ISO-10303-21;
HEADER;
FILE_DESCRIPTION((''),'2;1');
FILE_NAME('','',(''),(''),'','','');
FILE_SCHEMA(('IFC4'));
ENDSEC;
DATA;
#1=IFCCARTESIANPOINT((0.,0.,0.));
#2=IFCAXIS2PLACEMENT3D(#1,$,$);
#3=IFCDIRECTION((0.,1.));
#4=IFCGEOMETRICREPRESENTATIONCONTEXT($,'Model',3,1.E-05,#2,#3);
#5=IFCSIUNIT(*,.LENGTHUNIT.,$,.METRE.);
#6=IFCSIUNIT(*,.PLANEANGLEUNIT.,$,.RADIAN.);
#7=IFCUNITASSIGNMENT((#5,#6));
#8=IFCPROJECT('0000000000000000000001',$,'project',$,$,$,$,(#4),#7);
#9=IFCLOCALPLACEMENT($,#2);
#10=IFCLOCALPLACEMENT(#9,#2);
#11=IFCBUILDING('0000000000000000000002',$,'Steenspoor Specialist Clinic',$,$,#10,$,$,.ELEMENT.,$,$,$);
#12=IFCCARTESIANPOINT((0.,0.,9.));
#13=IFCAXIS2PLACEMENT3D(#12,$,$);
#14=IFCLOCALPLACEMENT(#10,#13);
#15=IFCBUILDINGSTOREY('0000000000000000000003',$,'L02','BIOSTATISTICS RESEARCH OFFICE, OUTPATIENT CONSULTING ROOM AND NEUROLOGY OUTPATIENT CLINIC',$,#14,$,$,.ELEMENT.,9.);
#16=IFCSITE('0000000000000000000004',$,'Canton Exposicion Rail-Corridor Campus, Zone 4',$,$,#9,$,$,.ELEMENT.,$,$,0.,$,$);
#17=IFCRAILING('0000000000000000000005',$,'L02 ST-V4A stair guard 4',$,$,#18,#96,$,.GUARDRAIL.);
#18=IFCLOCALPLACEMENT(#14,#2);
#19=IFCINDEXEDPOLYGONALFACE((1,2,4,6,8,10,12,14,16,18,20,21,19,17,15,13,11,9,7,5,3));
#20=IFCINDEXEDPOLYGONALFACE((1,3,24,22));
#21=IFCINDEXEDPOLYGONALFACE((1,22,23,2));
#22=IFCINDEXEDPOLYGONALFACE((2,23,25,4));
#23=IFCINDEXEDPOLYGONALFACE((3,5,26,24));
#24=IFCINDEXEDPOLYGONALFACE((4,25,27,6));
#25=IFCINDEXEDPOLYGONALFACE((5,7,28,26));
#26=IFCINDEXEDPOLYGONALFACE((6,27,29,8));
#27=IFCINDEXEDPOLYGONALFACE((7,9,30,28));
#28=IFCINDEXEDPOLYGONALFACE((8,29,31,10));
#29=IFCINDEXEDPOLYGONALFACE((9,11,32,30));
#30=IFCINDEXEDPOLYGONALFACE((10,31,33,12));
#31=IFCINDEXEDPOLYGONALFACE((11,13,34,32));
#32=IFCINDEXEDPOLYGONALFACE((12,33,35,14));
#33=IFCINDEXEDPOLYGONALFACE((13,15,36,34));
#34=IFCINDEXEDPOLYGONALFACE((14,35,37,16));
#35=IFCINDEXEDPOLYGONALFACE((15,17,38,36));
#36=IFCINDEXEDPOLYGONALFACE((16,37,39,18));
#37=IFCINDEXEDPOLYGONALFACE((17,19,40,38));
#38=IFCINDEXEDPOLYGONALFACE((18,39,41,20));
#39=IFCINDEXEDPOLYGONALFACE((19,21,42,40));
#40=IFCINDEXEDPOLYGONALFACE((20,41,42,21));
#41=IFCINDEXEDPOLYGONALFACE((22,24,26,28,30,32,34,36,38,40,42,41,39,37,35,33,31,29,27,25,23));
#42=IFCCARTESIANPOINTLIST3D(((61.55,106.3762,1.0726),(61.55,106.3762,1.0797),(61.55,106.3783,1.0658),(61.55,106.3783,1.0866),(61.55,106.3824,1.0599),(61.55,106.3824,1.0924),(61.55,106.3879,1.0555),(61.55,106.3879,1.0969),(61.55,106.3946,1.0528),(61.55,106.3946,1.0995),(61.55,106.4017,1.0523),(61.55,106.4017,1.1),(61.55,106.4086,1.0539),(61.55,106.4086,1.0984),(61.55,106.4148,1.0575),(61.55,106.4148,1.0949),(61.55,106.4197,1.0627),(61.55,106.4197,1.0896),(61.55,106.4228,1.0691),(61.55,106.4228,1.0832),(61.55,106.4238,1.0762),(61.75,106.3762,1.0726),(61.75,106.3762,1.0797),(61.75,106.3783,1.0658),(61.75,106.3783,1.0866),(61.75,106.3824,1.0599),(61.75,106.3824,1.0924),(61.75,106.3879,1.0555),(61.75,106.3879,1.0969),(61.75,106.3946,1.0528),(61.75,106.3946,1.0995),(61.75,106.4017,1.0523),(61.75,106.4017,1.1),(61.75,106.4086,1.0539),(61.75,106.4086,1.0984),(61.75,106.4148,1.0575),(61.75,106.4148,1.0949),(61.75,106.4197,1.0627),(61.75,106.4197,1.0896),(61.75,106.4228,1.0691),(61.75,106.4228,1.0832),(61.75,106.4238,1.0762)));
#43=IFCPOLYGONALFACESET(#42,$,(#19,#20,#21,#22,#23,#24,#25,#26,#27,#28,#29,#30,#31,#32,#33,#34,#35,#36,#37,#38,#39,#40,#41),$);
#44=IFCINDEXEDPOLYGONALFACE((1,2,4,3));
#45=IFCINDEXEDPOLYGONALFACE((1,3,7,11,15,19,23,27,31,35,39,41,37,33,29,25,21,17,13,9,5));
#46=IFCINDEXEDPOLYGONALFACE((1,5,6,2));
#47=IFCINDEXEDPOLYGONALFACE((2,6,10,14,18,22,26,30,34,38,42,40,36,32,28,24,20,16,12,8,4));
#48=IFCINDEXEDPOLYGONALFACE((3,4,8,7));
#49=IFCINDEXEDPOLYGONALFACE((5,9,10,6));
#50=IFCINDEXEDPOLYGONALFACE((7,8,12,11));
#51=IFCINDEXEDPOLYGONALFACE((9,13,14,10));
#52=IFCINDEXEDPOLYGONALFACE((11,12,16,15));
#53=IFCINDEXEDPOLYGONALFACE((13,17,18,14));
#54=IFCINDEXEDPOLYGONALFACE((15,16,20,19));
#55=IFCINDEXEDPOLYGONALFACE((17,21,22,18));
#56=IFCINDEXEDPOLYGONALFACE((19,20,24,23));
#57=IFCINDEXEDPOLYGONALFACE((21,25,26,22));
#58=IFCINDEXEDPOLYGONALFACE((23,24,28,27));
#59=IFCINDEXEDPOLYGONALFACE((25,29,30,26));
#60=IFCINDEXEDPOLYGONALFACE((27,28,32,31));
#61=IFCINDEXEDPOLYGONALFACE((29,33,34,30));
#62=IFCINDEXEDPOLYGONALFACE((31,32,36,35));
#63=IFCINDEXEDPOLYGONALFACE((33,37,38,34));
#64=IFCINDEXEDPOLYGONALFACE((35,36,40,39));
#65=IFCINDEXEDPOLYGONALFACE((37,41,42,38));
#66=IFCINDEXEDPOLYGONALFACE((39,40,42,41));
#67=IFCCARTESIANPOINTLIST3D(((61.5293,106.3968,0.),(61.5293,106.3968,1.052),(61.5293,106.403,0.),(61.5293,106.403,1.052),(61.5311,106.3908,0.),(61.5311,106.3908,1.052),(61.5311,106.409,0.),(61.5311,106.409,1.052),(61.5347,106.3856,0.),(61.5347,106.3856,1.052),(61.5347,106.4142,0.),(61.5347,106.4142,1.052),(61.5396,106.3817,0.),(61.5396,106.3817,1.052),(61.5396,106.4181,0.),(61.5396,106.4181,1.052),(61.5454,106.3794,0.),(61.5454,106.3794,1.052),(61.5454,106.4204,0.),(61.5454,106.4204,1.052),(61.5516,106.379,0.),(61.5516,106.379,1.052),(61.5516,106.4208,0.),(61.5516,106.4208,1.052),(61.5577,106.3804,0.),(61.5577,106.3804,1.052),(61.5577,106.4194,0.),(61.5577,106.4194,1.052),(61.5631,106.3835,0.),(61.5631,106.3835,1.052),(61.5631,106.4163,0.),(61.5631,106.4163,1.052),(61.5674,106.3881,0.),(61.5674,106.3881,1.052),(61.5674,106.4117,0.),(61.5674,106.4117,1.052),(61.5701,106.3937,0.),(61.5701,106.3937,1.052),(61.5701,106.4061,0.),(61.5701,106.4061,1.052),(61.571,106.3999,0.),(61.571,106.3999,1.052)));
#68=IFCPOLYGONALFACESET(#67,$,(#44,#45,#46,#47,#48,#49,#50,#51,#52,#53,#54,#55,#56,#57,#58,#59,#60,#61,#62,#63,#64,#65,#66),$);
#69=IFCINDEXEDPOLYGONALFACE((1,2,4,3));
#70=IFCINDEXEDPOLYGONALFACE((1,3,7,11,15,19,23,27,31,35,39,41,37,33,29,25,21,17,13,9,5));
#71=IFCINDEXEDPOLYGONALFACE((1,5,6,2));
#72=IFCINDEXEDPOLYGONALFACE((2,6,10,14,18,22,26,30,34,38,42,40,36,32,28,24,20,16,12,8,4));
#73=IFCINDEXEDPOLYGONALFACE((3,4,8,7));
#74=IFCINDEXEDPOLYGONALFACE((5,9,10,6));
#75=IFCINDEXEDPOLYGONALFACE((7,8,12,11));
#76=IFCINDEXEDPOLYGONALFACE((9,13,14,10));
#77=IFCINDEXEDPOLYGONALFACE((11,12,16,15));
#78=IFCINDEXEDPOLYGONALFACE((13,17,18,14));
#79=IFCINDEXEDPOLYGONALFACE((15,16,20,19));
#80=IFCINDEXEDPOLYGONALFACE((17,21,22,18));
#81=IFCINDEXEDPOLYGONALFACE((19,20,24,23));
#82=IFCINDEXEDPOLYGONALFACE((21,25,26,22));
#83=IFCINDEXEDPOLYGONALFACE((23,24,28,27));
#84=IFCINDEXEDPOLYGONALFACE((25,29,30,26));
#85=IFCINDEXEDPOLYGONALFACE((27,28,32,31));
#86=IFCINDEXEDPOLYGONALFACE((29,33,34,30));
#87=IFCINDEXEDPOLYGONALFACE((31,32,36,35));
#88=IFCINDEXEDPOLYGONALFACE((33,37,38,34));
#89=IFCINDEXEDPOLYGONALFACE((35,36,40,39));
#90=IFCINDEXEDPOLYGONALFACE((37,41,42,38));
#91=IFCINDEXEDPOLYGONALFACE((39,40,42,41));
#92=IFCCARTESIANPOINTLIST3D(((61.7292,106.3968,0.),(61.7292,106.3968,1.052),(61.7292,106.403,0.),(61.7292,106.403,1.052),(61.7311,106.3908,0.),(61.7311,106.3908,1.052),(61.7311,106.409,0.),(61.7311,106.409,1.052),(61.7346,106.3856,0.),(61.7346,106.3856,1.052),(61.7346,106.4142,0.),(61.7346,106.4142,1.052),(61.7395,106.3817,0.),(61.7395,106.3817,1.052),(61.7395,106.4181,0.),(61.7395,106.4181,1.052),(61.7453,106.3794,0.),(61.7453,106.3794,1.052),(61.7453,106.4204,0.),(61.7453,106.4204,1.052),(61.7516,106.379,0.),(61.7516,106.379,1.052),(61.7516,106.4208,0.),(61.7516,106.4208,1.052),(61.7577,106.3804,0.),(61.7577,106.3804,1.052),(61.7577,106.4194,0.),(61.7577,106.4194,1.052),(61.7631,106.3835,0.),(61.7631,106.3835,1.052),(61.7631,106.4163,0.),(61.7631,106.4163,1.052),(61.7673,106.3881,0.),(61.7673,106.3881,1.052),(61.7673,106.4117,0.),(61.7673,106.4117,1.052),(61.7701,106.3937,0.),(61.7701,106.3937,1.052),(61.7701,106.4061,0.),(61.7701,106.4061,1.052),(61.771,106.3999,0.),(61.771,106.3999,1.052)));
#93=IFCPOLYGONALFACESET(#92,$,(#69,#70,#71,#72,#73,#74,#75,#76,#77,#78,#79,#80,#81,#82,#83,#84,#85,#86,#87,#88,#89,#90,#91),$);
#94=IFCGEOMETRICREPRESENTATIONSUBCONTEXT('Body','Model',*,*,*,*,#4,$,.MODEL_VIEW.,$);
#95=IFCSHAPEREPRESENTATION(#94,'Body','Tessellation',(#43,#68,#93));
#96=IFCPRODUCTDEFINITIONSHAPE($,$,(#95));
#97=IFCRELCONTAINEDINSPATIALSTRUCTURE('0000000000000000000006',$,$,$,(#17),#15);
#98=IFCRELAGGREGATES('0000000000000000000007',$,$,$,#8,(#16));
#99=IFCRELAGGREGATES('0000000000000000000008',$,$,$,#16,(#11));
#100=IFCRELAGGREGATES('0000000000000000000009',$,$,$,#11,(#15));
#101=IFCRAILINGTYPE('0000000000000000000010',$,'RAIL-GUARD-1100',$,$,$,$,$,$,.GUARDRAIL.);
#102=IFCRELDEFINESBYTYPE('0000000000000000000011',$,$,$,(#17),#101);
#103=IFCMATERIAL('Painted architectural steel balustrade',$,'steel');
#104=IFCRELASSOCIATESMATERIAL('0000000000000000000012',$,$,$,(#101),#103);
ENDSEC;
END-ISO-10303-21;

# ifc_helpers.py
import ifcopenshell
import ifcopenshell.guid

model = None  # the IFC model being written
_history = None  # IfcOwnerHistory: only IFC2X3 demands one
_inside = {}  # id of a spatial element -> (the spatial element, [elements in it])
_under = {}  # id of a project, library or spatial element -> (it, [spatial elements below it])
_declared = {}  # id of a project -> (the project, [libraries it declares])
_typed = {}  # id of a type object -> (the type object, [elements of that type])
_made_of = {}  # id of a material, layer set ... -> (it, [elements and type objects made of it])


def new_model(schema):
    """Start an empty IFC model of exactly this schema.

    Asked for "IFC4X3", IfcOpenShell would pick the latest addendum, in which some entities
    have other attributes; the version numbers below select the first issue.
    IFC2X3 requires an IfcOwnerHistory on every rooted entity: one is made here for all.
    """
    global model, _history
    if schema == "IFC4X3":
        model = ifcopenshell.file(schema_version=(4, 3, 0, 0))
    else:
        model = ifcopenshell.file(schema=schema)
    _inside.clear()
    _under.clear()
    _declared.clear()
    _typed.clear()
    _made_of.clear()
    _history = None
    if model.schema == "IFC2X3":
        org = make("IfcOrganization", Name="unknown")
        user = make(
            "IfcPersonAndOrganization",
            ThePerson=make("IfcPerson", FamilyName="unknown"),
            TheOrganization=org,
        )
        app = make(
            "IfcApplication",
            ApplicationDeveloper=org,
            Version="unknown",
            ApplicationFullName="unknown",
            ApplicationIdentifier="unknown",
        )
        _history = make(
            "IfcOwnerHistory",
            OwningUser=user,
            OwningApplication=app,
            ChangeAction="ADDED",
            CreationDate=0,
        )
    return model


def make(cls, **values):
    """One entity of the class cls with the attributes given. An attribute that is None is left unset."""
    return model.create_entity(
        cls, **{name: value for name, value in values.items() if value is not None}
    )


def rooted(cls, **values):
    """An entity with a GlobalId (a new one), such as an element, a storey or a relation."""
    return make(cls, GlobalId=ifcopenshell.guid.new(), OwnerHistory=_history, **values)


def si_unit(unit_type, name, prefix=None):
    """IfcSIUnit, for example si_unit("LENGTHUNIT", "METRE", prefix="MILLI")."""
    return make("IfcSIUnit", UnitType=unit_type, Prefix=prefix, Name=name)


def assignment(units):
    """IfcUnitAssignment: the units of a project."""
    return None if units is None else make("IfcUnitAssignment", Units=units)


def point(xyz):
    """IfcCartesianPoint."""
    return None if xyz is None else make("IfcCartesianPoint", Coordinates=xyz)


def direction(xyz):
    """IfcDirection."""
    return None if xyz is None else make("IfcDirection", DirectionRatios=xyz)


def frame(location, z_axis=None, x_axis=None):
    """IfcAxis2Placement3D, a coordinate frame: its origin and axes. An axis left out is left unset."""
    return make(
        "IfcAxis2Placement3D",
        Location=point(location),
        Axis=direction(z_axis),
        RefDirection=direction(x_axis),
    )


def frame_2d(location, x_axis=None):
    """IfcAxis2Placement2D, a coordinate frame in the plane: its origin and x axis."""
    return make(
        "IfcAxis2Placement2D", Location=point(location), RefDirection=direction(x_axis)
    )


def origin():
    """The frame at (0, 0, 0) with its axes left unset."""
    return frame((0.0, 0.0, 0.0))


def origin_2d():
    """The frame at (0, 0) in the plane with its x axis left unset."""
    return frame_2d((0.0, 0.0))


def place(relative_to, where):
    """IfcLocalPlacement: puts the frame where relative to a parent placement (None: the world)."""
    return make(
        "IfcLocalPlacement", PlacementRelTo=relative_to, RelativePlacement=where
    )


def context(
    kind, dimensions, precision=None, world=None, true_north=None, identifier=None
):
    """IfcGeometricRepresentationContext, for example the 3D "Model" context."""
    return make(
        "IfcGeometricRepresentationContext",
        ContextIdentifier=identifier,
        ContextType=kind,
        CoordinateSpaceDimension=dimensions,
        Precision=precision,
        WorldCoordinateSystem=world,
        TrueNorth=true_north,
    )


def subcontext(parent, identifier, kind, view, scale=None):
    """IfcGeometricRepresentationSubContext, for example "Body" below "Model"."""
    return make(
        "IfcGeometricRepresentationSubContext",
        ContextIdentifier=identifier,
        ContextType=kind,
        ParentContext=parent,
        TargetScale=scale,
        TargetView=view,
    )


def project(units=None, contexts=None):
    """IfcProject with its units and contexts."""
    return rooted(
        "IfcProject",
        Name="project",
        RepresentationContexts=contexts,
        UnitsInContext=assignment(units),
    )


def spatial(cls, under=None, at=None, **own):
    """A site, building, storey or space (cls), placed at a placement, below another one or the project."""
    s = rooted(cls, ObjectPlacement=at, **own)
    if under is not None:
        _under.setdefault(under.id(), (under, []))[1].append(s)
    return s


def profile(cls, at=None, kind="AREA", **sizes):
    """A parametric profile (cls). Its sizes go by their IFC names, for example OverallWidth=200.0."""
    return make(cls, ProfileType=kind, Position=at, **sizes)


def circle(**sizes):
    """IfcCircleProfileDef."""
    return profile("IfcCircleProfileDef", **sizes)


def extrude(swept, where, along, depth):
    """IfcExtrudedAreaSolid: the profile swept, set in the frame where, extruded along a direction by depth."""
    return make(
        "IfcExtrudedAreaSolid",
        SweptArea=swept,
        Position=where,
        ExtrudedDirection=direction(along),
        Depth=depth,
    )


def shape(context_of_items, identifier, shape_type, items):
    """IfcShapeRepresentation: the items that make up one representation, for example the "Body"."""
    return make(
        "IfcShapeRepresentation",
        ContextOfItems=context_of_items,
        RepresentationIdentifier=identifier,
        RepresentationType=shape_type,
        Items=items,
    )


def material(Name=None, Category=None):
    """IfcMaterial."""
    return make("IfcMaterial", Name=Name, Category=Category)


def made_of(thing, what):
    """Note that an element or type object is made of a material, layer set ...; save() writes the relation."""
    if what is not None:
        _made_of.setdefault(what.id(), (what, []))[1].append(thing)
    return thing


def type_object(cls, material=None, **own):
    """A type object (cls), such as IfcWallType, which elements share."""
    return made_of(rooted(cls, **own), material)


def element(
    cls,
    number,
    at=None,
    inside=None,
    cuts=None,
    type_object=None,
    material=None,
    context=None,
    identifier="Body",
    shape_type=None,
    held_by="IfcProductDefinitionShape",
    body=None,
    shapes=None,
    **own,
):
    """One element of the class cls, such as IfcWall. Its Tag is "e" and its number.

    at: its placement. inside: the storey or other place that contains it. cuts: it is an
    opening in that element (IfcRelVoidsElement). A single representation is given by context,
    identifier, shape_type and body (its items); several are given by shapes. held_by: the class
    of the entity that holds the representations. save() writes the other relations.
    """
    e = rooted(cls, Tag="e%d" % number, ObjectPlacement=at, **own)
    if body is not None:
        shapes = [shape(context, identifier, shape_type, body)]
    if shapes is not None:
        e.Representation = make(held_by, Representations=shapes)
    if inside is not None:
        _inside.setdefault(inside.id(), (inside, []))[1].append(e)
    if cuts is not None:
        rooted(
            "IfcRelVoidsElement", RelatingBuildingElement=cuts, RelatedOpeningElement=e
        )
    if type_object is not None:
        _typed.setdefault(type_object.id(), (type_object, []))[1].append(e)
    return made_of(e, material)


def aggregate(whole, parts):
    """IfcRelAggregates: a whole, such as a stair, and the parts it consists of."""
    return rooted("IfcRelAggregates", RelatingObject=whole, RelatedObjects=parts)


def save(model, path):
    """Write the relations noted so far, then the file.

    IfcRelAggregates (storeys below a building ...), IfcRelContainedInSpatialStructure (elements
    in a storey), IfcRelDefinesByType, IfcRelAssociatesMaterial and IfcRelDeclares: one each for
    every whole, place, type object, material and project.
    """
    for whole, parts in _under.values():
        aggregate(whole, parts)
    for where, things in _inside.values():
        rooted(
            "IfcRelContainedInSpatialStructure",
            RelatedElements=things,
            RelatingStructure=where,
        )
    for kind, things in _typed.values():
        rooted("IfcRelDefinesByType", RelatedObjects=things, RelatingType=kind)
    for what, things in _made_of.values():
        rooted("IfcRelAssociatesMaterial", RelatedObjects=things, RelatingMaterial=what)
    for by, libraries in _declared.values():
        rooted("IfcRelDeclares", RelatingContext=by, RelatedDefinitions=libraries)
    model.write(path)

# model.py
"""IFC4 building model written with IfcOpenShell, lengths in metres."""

from ifc_helpers import new_model, si_unit, direction, frame, origin, origin_2d, place, context, subcontext, project, spatial, circle, extrude, material, type_object, element, save


model = new_model("IFC4")

# Units and contexts
model_context = context("Model", 3, precision=1e-05, world=origin(), true_north=direction((0.0, 1.0)))
body_context = subcontext(model_context, "Body", "Model", "MODEL_VIEW")
ifc_project = project(units=[si_unit("LENGTHUNIT", "METRE"), si_unit("PLANEANGLEUNIT", "RADIAN")], contexts=[model_context])

# Site, building, storey
site_placement = place(None, origin())
site = spatial("IfcSite", under=ifc_project, at=site_placement, Name="Canton Exposicion Rail-Corridor Campus, Zone 4", CompositionType="ELEMENT", RefElevation=0.0)
building_placement = place(site_placement, origin())
building = spatial("IfcBuilding", under=site, at=building_placement, Name="Steenspoor Specialist Clinic", CompositionType="ELEMENT")
storey_placement = place(building_placement, frame((0.0, 0.0, 9.0)))
storey = spatial("IfcBuildingStorey", under=building, at=storey_placement, Name="L02", Description="BIOSTATISTICS RESEARCH OFFICE, OUTPATIENT CONSULTING ROOM AND NEUROLOGY OUTPATIENT CLINIC", CompositionType="ELEMENT", Elevation=9.0)

# Railing
ifc_material_1 = material(Name="Painted architectural steel balustrade", Category="steel")
railing_type_1 = type_object("IfcRailingType", Name="RAIL-GUARD-1100", PredefinedType="GUARDRAIL", material=ifc_material_1)
railing_1_placement = place(storey_placement, frame((61.55, 106.3999, 0.0)))
element("IfcRailing", 1, at=railing_1_placement, inside=storey, type_object=railing_type_1, Name="L02 ST-V4A stair guard 4", PredefinedType="GUARDRAIL", context=body_context, shape_type="SweptSolid", body=[
    extrude(circle(Radius=0.0239, at=origin_2d()), frame((0.0, 0.0, 1.0762), z_axis=(1.0, 0.0, 0.0), x_axis=(0.0, 1.0, 0.0)), (0.0, 0.0, 1.0), 0.2),
    extrude(circle(Radius=0.021, at=origin_2d()), origin(), (0.0, 0.0, 1.0), 1.052),
    extrude(circle(Radius=0.021, at=origin_2d()), frame((0.2, 0.0, 0.0)), (0.0, 0.0, 1.0), 1.052),
])

save(model, "model.ifc")
